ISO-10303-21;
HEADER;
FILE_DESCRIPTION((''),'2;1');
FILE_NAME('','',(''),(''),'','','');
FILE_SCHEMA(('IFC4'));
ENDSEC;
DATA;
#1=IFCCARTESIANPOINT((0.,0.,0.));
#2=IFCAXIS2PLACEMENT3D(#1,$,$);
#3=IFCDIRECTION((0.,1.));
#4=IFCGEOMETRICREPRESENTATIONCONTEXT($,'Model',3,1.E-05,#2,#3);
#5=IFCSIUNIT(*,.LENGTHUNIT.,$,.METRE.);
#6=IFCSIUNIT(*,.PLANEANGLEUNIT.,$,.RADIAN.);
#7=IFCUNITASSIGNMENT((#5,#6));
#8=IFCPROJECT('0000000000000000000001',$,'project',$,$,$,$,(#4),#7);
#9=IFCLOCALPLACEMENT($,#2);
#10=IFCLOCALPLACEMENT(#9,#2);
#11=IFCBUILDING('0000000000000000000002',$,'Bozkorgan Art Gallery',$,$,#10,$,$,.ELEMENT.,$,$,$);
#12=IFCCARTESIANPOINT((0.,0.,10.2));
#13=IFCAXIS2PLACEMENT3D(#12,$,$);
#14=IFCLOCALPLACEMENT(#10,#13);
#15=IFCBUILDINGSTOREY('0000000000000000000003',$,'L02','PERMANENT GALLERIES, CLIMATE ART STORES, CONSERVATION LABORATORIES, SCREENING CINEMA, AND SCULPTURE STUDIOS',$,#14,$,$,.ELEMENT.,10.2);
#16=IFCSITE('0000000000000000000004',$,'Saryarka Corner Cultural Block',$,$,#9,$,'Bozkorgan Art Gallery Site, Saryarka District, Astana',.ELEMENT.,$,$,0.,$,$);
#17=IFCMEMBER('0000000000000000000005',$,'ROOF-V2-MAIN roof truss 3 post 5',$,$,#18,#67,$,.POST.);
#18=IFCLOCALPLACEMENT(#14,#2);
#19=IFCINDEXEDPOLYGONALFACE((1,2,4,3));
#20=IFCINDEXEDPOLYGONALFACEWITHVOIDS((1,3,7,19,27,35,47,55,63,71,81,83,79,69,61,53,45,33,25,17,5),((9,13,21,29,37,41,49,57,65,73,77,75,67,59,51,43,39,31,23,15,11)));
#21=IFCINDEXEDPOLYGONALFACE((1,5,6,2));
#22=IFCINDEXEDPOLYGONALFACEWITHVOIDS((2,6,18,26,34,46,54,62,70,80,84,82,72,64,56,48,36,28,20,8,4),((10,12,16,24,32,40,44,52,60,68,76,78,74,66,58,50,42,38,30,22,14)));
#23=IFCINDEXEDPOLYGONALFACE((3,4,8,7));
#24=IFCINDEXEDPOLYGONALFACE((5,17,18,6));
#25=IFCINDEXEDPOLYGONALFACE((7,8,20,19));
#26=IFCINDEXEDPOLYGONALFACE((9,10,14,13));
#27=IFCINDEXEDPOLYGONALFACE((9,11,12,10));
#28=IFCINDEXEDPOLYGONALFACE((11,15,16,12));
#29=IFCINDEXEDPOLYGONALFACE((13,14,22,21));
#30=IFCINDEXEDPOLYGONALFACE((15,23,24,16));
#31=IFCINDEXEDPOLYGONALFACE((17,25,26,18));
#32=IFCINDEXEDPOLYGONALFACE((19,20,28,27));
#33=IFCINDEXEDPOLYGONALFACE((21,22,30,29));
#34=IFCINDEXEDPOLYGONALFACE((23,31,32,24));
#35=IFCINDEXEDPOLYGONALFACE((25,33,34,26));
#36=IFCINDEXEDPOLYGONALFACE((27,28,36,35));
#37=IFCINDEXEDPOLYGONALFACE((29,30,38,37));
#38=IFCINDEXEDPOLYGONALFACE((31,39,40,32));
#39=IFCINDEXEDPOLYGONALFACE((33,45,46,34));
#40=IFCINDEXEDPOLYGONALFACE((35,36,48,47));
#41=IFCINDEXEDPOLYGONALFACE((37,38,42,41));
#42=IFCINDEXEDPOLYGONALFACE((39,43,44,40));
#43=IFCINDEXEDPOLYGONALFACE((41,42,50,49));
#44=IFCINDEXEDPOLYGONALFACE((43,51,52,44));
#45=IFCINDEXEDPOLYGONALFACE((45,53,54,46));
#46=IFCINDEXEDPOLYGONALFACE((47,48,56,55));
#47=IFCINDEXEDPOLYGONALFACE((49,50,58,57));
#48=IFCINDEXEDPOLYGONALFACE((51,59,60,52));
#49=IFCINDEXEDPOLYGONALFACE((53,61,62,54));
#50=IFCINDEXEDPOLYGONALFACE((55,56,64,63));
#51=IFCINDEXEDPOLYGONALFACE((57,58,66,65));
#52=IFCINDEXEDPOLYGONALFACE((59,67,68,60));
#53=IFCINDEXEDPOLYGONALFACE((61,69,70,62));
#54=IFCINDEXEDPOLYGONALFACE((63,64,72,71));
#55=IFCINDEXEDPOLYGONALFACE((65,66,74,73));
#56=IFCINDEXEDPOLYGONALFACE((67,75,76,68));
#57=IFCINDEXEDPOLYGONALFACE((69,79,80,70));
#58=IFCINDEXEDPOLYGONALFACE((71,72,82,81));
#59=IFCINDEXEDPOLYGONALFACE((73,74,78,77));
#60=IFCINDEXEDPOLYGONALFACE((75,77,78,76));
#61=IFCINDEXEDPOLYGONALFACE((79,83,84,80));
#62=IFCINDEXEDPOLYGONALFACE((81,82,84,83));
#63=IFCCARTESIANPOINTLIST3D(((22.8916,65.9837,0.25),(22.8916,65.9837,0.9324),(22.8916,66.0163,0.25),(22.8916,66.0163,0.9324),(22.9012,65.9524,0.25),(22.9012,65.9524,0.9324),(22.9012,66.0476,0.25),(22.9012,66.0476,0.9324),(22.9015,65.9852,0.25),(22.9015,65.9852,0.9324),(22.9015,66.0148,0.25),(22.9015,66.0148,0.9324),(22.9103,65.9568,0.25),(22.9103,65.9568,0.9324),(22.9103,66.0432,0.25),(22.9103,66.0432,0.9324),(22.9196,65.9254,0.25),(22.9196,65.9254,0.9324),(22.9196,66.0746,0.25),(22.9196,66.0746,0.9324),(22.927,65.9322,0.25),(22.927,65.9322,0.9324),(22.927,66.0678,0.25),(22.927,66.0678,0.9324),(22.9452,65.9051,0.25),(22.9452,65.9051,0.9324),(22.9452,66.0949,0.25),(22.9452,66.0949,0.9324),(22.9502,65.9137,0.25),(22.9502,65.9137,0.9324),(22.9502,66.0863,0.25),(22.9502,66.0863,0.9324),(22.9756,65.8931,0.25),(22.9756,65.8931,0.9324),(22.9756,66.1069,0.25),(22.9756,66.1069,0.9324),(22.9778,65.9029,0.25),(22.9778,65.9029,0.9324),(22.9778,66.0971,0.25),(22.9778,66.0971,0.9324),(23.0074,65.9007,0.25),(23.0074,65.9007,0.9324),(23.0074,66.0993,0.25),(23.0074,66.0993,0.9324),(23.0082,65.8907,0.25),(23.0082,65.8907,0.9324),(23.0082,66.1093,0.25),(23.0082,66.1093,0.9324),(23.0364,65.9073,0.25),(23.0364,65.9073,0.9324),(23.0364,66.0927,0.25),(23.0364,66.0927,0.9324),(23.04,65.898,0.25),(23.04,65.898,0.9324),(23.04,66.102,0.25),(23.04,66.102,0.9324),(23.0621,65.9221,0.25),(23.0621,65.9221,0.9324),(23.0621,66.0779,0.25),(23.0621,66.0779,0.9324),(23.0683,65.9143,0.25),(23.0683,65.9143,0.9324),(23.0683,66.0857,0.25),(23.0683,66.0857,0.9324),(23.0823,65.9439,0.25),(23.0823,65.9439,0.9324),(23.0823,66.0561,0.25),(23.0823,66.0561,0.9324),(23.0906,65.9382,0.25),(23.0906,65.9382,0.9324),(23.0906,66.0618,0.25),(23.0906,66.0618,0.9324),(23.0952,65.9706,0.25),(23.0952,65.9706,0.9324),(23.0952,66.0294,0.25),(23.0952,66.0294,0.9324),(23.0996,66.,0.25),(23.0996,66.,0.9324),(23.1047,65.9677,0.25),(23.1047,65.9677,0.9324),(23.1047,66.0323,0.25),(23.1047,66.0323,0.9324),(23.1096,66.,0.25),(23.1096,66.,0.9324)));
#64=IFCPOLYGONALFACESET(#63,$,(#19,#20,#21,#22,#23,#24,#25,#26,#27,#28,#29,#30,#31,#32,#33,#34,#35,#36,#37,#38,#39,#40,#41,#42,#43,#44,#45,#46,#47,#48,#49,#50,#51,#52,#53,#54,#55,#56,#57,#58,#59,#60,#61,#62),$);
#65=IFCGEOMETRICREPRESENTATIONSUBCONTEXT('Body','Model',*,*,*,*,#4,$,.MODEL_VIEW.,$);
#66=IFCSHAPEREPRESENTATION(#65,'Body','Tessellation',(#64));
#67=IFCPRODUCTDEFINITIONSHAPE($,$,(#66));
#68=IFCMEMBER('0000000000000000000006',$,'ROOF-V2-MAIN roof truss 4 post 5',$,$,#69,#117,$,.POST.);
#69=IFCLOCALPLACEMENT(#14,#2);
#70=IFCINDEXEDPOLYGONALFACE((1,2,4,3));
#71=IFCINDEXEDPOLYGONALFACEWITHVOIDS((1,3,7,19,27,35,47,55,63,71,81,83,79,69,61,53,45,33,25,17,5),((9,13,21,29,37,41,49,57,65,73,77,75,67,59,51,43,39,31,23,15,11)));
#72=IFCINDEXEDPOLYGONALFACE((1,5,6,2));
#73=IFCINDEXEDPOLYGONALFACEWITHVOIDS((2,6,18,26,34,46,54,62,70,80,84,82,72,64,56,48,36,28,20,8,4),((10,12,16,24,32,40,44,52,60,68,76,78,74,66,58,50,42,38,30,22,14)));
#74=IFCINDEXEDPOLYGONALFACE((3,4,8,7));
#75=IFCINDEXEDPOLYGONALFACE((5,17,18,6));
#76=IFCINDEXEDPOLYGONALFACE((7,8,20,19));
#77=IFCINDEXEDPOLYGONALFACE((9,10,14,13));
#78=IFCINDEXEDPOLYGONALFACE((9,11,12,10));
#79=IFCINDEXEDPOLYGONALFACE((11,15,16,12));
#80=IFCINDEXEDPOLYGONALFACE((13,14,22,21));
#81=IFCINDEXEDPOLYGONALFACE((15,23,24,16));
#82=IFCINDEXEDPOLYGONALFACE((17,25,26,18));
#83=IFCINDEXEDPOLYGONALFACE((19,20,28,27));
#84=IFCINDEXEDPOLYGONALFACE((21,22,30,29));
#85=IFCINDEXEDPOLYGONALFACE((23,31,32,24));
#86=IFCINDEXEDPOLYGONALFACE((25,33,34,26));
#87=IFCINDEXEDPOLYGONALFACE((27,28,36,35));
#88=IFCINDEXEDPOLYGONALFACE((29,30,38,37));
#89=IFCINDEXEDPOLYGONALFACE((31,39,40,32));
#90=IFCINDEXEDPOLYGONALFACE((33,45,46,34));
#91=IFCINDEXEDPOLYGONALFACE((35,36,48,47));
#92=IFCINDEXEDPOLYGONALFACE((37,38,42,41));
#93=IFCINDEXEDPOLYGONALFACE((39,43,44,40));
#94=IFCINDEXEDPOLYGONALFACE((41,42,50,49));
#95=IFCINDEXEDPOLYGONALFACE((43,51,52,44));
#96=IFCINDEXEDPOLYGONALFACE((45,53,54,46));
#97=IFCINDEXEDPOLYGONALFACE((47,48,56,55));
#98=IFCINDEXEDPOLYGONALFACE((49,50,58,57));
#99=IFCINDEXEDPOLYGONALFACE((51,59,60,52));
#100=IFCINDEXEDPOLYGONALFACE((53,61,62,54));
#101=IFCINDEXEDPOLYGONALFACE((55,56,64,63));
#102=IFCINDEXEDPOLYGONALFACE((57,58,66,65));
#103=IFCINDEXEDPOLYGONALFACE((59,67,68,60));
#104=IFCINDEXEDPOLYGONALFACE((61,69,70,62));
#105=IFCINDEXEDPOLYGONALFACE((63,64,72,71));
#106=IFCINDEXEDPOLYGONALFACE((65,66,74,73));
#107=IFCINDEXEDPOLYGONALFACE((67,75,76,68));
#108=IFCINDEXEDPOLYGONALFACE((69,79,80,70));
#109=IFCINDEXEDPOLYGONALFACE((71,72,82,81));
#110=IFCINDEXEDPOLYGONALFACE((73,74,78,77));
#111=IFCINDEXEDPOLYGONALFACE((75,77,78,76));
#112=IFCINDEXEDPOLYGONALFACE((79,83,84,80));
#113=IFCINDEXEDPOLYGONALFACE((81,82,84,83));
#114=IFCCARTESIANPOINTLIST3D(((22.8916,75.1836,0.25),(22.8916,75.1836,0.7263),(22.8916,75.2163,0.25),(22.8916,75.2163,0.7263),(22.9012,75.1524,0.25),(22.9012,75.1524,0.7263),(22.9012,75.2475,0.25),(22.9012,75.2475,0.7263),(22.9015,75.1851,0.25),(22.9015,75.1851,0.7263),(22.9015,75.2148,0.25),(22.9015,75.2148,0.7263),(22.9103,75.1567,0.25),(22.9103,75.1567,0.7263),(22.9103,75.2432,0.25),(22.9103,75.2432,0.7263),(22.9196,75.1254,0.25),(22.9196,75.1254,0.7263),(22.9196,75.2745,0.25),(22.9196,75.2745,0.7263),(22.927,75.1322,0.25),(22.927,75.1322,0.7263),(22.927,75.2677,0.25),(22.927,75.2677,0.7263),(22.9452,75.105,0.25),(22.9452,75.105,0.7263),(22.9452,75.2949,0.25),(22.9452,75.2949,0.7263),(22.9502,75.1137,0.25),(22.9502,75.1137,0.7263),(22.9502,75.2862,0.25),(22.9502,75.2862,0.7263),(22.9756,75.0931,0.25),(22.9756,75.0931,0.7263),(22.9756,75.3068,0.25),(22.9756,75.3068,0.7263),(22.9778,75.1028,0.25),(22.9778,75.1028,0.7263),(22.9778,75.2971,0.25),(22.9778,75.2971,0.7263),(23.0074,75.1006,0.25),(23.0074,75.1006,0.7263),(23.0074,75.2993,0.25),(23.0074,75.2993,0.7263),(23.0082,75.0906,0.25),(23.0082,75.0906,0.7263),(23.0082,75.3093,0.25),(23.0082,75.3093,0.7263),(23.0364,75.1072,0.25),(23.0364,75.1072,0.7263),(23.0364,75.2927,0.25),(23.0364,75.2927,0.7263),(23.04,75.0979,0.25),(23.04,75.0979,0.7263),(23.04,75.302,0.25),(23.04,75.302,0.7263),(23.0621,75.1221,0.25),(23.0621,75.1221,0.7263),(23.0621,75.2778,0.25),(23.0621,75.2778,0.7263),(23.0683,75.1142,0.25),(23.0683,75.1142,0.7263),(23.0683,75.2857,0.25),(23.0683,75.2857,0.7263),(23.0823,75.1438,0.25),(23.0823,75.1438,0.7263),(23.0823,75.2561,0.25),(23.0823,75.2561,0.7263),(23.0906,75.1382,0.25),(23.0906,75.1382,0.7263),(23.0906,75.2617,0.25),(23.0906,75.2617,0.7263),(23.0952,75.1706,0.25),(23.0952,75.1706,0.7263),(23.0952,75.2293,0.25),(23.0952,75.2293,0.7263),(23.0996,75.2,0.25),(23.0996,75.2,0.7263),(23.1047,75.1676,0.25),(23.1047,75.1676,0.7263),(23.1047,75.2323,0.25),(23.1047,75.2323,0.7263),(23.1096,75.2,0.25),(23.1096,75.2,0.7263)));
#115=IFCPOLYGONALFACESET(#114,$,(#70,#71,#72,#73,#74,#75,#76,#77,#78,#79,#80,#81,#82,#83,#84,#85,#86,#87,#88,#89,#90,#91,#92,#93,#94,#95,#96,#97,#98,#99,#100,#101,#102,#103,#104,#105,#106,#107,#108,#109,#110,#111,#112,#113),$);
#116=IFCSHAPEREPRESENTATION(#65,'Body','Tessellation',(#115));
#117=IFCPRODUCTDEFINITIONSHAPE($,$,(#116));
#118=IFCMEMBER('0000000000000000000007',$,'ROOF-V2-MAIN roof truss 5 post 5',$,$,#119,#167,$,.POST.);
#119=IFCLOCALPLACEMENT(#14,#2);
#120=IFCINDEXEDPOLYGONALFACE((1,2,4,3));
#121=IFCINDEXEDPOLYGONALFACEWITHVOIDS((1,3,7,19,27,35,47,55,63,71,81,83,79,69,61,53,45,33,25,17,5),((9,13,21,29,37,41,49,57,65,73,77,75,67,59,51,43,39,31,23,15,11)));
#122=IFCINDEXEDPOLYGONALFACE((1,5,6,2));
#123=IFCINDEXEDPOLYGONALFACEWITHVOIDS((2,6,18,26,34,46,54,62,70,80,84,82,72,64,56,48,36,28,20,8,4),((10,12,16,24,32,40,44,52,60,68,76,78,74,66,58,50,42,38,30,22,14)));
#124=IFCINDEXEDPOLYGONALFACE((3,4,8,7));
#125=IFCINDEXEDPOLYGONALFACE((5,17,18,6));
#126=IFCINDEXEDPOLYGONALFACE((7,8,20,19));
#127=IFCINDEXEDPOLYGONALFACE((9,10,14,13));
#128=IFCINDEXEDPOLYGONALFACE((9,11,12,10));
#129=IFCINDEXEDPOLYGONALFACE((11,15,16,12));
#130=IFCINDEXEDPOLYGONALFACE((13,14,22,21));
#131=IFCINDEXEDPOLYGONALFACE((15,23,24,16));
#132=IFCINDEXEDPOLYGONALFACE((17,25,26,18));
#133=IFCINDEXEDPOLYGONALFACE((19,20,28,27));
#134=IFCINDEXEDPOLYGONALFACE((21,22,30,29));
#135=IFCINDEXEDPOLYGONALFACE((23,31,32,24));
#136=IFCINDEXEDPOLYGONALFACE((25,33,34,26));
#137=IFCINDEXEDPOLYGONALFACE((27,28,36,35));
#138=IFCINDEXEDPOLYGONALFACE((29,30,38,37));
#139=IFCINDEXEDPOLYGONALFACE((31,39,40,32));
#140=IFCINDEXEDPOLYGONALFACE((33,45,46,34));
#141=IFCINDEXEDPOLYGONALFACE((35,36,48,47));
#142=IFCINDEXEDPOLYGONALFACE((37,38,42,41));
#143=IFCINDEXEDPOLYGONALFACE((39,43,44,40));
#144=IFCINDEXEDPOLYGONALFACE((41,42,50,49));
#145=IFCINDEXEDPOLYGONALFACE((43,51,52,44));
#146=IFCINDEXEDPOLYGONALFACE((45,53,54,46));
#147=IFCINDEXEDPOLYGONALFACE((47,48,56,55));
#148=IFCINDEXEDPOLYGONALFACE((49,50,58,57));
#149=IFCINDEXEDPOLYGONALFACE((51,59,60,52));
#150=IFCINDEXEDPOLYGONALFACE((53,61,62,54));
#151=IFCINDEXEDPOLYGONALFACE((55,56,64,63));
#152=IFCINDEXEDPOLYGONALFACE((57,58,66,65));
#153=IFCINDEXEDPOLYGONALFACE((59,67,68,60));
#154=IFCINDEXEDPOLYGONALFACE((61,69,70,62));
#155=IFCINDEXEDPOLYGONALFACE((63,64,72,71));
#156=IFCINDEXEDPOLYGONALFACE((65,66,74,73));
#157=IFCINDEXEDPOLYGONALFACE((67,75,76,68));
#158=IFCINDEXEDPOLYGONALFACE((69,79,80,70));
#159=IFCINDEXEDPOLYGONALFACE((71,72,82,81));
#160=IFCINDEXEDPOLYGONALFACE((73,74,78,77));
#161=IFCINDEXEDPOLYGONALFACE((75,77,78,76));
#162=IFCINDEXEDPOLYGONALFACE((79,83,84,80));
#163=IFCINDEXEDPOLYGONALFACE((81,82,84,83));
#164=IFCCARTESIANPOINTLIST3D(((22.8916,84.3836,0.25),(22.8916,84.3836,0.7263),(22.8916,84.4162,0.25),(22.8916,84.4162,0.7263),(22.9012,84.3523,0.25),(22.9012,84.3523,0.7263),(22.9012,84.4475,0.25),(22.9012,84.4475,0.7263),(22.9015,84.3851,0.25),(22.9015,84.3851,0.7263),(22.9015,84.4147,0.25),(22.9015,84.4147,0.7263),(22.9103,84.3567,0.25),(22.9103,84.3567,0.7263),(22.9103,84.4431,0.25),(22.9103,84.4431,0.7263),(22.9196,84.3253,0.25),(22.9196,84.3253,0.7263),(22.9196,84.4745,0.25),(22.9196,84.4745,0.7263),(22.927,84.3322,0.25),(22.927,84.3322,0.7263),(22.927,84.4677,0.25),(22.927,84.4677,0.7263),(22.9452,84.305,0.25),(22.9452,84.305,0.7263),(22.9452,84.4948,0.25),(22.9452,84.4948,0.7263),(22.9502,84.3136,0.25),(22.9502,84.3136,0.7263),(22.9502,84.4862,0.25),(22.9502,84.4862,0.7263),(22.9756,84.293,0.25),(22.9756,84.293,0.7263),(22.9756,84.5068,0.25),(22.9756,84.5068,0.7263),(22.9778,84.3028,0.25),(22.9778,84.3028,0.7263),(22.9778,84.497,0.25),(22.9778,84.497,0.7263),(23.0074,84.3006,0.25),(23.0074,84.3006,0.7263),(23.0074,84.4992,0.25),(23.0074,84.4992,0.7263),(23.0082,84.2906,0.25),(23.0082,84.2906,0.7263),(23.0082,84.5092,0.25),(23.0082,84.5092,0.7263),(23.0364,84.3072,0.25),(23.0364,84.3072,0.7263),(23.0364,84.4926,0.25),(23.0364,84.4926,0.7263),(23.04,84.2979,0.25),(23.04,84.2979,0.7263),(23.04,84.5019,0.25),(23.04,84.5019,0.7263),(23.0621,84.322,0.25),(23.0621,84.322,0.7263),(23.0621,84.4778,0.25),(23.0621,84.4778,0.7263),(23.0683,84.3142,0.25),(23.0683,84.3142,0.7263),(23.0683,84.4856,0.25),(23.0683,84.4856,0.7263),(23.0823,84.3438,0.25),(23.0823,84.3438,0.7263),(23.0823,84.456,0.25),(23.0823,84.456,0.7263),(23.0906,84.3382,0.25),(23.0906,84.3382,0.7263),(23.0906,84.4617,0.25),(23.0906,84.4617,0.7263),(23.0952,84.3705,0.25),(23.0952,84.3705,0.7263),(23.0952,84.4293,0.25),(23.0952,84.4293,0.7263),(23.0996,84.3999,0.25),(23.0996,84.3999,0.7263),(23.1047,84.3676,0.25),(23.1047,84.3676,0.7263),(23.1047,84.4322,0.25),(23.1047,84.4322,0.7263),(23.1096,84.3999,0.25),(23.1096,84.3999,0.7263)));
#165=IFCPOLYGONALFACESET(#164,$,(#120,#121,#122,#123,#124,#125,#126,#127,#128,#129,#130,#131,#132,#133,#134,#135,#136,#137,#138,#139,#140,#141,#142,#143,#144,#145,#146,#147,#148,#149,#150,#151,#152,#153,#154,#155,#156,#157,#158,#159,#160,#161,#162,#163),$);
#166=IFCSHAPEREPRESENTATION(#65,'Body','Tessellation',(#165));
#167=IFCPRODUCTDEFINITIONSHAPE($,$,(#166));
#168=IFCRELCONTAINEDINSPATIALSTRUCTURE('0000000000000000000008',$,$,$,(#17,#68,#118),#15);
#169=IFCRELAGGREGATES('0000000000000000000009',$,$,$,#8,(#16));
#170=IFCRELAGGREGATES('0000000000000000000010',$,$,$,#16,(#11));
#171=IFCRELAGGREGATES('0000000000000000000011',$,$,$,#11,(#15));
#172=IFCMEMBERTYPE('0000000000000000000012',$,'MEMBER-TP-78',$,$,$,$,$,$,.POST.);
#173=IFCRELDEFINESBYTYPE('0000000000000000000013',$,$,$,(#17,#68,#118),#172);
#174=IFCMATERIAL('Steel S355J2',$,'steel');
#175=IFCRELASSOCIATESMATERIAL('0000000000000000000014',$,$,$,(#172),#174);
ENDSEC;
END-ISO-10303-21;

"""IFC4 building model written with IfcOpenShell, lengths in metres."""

from ifc_helpers import new_model, si_unit, direction, frame, origin, origin_2d, place, context, subcontext, project, spatial, hollow_circle, extrude, material, material_profile, profile_set, type_object, element, save


model = new_model("IFC4")

# Units and contexts
model_context = context("Model", 3, precision=1e-05, world=origin(), true_north=direction((0.0, 1.0)))
body_context = subcontext(model_context, "Body", "Model", "MODEL_VIEW")
ifc_project = project(units=[si_unit("LENGTHUNIT", "METRE"), si_unit("PLANEANGLEUNIT", "RADIAN")], contexts=[model_context])

# Site, building, storey
site_placement = place(None, origin())
site = spatial("IfcSite", under=ifc_project, at=site_placement, Name="Saryarka Corner Cultural Block", LongName="Bozkorgan Art Gallery Site, Saryarka District, Astana", CompositionType="ELEMENT", RefElevation=0.0)
building_placement = place(site_placement, origin())
building = spatial("IfcBuilding", under=site, at=building_placement, Name="Bozkorgan Art Gallery", CompositionType="ELEMENT")
storey_placement = place(building_placement, frame((0.0, 0.0, 10.2)))
storey = spatial("IfcBuildingStorey", under=building, at=storey_placement, Name="L02", Description="PERMANENT GALLERIES, CLIMATE ART STORES, CONSERVATION LABORATORIES, SCREENING CINEMA, AND SCULPTURE STUDIOS", CompositionType="ELEMENT", Elevation=10.2)

# Shared definitions
ifc_material_1 = material(Name="Steel S355J2", Category="steel")

# Members
ifc_material_profile_1 = material_profile(ifc_material_1, hollow_circle(Radius=0.1096, WallThickness=0.01, at=origin_2d()), Name="CHS 219.1x10")
ifc_profile_set_1 = profile_set([ifc_material_profile_1], Name="Steel S355J2")
member_type_1 = type_object("IfcMemberType", Name="MEMBER-TP-78", PredefinedType="POST", material=ifc_profile_set_1)
member_1_placement = place(storey_placement, frame((23.0, 66.0, 0.25), z_axis=(0.0, 0.0, 1.0), x_axis=(1.0, 0.0, 0.0)))
element("IfcMember", 1, at=member_1_placement, inside=storey, type_object=member_type_1, Name="ROOF-V2-MAIN roof truss 3 post 5", PredefinedType="POST", context=body_context, shape_type="SweptSolid", body=[
    extrude(hollow_circle(Radius=0.1096, WallThickness=0.01, at=origin_2d()), origin(), (0.0, 0.0, 1.0), 0.6824),
])
for number, where, z_axis, x_axis, name in (
    (2, (23.0, 75.2, 0.25), (0.0, 0.0, 1.0), (1.0, 0.0, 0.0), "ROOF-V2-MAIN roof truss 4 post 5"),
    (3, (23.0, 84.3999, 0.25), (0.0, 0.0, 1.0), (1.0, 0.0, 0.0), "ROOF-V2-MAIN roof truss 5 post 5"),
):
    element("IfcMember", number, at=place(storey_placement, frame(where, z_axis=z_axis, x_axis=x_axis)), inside=storey, type_object=member_type_1, Name=name, PredefinedType="POST", context=body_context, shape_type="SweptSolid", body=[
        extrude(hollow_circle(Radius=0.1096, WallThickness=0.01, at=origin_2d()), origin(), (0.0, 0.0, 1.0), 0.4763),
    ])

save(model, "model.ifc")
